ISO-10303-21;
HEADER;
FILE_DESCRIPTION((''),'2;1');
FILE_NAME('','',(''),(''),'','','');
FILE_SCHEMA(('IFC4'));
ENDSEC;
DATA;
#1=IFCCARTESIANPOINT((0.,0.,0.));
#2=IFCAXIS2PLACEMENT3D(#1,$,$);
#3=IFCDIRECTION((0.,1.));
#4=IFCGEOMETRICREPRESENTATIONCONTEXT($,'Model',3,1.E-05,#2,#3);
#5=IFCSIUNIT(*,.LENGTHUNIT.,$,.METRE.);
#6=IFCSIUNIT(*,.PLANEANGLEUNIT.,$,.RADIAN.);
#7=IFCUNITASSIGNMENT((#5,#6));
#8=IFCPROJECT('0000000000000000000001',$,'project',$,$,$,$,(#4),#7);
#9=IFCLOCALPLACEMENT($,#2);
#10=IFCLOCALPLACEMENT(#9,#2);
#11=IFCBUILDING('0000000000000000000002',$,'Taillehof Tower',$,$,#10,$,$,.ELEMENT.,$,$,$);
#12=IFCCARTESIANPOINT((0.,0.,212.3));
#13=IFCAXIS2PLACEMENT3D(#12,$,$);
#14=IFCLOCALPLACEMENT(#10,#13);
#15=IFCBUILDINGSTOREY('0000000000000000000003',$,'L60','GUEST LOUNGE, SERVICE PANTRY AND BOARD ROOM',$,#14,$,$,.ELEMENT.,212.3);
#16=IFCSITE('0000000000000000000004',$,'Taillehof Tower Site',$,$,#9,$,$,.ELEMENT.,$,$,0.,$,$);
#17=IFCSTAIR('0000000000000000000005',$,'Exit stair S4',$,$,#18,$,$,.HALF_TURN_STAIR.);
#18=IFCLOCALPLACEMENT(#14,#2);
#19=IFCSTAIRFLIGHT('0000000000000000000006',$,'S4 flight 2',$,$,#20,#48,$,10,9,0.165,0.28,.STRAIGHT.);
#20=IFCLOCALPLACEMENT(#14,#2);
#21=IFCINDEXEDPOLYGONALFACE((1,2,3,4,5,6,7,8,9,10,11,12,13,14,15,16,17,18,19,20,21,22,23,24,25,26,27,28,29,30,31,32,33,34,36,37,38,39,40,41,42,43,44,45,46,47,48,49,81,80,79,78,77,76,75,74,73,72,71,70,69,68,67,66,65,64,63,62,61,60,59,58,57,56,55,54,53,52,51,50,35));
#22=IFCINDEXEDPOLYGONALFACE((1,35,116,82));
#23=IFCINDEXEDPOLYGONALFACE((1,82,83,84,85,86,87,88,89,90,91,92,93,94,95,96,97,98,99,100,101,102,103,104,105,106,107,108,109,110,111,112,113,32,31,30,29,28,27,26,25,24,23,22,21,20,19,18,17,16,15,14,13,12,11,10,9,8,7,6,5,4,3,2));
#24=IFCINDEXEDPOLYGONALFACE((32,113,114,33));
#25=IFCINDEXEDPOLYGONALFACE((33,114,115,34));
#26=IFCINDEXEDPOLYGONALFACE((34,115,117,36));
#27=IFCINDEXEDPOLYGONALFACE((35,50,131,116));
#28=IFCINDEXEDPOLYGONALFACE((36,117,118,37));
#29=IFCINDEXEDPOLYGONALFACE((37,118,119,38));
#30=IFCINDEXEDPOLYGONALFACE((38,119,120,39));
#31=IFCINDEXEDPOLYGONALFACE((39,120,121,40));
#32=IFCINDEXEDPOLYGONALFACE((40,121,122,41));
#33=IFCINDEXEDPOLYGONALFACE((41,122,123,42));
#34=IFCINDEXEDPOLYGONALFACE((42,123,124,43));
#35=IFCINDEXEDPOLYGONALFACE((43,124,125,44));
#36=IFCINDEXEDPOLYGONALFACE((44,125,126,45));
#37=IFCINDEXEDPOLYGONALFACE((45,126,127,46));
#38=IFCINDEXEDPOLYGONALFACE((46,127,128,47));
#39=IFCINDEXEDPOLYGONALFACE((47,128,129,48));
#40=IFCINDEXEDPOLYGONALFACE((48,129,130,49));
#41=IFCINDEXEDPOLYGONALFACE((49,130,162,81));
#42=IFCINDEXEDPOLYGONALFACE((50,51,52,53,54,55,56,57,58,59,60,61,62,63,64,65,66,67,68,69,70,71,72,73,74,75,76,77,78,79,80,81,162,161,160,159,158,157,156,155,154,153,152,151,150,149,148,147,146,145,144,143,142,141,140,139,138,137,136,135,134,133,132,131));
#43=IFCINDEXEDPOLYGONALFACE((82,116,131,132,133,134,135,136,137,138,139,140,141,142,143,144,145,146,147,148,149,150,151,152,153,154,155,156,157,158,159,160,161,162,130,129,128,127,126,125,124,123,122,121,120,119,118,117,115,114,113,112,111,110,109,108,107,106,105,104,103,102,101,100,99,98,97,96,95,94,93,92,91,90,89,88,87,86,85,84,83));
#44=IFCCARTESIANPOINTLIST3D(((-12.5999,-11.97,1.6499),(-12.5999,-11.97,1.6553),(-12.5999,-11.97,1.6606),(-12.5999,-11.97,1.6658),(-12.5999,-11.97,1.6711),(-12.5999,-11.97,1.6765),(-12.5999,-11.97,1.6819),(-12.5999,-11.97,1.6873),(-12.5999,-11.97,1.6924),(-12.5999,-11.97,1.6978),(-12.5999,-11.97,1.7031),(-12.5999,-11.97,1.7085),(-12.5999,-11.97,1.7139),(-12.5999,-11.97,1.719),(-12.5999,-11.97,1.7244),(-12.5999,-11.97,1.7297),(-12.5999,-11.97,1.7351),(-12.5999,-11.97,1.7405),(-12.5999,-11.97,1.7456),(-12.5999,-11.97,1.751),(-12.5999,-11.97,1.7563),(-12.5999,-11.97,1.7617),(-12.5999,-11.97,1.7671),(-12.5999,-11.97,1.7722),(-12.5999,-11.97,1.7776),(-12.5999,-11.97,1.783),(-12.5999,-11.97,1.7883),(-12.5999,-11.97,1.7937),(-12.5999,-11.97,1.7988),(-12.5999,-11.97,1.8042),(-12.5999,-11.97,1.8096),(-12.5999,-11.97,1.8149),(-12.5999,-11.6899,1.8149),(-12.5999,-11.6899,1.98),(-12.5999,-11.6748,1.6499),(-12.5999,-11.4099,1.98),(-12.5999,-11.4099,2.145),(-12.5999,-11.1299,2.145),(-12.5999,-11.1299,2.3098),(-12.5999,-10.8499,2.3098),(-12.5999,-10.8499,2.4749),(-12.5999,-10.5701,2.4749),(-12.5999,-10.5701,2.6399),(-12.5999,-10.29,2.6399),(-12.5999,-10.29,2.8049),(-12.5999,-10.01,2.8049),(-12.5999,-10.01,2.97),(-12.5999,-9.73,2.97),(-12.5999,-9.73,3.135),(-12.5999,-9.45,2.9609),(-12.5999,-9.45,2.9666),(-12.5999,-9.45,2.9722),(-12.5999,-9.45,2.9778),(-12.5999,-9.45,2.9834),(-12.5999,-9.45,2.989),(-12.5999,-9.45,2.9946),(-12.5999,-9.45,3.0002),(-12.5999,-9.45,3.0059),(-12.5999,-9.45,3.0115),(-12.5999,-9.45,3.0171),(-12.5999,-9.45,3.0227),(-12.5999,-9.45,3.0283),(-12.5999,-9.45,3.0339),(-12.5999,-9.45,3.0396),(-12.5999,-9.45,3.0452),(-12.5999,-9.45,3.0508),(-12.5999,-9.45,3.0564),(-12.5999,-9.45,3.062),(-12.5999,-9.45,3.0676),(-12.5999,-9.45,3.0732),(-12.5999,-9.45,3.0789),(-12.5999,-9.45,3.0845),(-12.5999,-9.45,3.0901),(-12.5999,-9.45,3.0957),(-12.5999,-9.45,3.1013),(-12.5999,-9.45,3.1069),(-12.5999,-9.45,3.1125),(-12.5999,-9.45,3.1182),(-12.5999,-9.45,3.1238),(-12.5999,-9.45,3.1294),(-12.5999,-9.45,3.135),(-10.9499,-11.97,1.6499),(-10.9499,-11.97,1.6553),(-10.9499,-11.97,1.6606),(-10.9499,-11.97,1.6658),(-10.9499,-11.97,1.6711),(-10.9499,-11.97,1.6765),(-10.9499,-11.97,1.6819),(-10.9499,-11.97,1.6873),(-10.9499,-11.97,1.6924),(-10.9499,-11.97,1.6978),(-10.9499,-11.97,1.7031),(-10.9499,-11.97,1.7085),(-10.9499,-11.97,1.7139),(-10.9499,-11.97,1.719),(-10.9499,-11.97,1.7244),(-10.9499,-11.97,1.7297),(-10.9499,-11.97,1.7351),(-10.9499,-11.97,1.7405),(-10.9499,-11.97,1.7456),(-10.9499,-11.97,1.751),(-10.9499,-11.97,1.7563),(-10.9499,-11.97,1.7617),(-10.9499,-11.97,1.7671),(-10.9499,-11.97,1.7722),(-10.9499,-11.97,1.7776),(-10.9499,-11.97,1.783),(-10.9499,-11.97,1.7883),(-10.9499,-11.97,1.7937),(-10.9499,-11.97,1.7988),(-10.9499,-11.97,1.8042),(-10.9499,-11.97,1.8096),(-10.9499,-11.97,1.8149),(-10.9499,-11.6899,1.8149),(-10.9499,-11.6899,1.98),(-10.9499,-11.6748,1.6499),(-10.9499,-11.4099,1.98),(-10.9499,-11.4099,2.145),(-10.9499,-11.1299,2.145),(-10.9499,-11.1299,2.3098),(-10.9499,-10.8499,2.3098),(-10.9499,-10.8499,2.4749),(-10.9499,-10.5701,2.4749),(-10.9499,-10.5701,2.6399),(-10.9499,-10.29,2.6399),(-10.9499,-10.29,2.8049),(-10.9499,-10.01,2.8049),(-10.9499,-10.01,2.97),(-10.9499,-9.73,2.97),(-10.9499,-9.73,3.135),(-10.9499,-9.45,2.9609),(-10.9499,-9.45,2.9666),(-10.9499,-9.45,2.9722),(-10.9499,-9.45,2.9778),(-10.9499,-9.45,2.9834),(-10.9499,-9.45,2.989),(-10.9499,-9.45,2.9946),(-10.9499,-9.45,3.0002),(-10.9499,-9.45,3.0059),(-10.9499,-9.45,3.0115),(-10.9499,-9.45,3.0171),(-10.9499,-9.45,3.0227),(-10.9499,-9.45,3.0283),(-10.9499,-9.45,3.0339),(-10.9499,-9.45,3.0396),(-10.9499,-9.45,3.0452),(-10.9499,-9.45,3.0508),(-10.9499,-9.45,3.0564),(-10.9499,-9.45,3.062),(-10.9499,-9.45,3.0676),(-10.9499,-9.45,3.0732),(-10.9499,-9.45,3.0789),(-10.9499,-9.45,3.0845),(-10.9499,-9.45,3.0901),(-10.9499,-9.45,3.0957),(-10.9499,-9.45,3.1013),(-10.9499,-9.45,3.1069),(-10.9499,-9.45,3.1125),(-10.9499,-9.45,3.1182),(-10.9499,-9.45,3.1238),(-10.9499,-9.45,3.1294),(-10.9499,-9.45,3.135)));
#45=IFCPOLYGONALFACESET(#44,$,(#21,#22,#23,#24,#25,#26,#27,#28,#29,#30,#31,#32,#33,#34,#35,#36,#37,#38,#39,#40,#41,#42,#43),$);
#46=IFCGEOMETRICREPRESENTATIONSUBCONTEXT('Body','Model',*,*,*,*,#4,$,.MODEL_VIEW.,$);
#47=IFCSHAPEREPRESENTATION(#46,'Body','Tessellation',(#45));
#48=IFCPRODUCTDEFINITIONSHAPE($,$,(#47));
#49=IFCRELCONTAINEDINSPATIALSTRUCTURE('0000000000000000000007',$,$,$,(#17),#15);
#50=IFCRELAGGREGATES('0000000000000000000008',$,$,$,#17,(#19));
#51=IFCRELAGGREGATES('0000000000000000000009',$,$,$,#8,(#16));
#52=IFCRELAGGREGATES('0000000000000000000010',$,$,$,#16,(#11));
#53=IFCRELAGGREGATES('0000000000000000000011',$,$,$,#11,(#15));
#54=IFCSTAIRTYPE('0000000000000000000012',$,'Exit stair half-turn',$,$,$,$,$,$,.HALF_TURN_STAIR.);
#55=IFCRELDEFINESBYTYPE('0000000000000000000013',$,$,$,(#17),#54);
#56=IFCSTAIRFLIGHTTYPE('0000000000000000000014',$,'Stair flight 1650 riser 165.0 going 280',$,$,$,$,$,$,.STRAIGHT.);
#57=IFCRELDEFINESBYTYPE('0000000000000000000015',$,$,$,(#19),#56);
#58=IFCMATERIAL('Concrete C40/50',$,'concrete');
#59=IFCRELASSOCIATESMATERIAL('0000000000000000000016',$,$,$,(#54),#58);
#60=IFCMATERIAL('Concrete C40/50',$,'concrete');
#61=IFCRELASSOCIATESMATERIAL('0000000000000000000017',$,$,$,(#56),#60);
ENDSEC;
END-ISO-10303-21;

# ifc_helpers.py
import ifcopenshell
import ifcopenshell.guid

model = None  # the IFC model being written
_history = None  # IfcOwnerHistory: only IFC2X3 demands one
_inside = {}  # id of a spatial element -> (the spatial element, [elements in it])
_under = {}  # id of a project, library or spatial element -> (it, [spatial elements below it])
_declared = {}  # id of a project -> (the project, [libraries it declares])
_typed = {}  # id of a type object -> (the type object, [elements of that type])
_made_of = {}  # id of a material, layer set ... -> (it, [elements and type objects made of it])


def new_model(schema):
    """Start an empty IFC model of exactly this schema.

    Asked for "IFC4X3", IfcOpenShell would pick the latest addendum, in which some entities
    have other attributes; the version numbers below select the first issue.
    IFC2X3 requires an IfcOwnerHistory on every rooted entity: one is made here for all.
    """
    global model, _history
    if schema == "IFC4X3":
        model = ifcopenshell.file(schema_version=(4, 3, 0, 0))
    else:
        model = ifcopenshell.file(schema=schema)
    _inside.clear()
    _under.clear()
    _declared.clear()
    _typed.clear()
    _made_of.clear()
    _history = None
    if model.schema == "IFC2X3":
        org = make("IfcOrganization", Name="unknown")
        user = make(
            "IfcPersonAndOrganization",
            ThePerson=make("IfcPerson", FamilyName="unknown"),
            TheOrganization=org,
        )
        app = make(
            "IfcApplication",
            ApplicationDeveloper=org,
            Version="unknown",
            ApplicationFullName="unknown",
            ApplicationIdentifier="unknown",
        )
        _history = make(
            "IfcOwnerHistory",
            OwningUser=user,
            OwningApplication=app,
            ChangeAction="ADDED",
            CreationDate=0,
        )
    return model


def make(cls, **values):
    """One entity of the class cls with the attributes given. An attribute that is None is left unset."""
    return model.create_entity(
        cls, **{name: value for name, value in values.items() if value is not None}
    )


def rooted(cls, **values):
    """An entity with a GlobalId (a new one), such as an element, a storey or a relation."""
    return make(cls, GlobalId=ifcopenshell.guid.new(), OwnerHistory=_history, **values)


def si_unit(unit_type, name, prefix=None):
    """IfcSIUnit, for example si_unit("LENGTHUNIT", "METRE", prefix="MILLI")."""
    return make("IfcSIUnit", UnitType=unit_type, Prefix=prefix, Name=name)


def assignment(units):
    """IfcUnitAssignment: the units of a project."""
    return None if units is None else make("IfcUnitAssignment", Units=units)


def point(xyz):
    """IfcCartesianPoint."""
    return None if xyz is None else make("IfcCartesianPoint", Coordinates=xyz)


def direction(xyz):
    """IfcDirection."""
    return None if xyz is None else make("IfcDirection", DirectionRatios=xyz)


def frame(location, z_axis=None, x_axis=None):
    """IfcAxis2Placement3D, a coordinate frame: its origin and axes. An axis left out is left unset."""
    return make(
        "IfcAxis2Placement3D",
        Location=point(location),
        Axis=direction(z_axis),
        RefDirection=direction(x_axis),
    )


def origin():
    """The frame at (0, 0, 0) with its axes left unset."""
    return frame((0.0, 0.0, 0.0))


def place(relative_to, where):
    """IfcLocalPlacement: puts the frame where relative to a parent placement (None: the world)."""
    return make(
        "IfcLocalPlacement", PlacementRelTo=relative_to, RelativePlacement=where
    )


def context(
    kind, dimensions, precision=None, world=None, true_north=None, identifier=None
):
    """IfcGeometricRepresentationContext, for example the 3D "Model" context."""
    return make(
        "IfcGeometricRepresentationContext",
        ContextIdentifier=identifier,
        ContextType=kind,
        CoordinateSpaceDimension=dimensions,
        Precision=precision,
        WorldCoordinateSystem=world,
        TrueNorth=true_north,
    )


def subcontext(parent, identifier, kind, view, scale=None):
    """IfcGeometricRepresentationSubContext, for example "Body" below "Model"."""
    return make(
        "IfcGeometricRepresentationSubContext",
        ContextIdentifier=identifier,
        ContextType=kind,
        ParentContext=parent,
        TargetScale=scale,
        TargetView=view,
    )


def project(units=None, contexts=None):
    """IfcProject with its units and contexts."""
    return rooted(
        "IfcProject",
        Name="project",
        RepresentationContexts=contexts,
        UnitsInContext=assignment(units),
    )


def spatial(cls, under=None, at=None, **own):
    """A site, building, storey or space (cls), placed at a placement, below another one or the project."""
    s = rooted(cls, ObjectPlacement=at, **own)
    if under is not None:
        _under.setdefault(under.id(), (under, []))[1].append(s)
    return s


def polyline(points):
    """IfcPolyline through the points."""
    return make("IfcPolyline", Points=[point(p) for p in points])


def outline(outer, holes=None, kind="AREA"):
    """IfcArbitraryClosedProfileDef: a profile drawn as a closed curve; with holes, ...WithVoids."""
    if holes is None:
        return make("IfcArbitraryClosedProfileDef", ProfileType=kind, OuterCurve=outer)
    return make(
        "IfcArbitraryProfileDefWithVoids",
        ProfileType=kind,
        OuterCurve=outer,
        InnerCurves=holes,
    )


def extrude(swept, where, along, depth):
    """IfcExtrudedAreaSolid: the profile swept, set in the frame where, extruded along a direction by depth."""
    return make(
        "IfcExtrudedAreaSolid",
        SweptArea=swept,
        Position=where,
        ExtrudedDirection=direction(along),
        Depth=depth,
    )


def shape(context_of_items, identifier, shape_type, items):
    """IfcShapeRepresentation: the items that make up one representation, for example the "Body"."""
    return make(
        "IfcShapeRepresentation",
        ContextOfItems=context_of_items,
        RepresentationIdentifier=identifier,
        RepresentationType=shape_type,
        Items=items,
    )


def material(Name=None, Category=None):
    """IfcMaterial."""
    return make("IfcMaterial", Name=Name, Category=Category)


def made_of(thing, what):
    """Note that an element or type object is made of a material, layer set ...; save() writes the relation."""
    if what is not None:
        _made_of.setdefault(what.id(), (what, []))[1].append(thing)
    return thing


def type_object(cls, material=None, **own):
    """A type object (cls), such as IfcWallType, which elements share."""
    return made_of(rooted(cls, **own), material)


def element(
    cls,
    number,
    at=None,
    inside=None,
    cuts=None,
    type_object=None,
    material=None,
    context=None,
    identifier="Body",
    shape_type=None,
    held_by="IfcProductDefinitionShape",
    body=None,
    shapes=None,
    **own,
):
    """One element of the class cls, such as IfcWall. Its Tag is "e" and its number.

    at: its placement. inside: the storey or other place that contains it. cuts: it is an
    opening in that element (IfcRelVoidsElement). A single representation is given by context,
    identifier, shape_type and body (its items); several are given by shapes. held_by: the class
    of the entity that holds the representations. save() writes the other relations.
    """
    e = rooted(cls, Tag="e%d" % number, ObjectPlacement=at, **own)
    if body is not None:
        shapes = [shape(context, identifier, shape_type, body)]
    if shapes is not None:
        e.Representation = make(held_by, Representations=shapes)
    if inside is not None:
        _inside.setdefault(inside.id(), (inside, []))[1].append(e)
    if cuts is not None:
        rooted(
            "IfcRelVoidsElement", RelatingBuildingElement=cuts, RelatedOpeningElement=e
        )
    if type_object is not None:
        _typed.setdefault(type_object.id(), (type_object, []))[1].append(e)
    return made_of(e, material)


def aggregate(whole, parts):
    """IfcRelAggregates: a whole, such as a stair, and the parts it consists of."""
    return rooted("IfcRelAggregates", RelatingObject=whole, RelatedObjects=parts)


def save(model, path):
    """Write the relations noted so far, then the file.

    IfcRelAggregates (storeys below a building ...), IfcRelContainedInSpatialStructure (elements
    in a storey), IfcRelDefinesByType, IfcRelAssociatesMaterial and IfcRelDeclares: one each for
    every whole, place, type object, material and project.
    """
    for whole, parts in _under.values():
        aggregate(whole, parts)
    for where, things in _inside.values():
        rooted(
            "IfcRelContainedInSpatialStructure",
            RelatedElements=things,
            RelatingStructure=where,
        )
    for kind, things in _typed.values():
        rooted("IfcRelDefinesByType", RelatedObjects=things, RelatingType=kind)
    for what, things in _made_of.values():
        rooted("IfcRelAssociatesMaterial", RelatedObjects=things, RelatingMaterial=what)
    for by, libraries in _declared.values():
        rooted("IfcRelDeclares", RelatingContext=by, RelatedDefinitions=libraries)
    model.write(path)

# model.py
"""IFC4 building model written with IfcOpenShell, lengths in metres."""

from ifc_helpers import new_model, si_unit, direction, frame, origin, place, context, subcontext, project, spatial, polyline, outline, extrude, material, type_object, element, aggregate, save


model = new_model("IFC4")

# Units and contexts
model_context = context("Model", 3, precision=1e-05, world=origin(), true_north=direction((0.0, 1.0)))
body_context = subcontext(model_context, "Body", "Model", "MODEL_VIEW")
ifc_project = project(units=[si_unit("LENGTHUNIT", "METRE"), si_unit("PLANEANGLEUNIT", "RADIAN")], contexts=[model_context])

# Site, building, storey
site_placement = place(None, origin())
site = spatial("IfcSite", under=ifc_project, at=site_placement, Name="Taillehof Tower Site", CompositionType="ELEMENT", RefElevation=0.0)
building_placement = place(site_placement, origin())
building = spatial("IfcBuilding", under=site, at=building_placement, Name="Taillehof Tower", CompositionType="ELEMENT")
storey_placement = place(building_placement, frame((0.0, 0.0, 212.3)))
storey = spatial("IfcBuildingStorey", under=building, at=storey_placement, Name="L60", Description="GUEST LOUNGE, SERVICE PANTRY AND BOARD ROOM", CompositionType="ELEMENT", Elevation=212.3)

# Stair, stair flight
ifc_material_1 = material(Name="Concrete C40/50", Category="concrete")
stair_type = type_object("IfcStairType", Name="Exit stair half-turn", PredefinedType="HALF_TURN_STAIR", material=ifc_material_1)
stair_placement = place(storey_placement, origin())
stair = element("IfcStair", 1, at=stair_placement, inside=storey, type_object=stair_type, Name="Exit stair S4", PredefinedType="HALF_TURN_STAIR")
ifc_material_2 = material(Name="Concrete C40/50", Category="concrete")
stair_flight_type = type_object("IfcStairFlightType", Name="Stair flight 1650 riser 165.0 going 280", PredefinedType="STRAIGHT", material=ifc_material_2)
stair_flight_placement = place(storey_placement, frame((-11.7749, -11.97, 1.6499), z_axis=(0.0, 0.0, 1.0), x_axis=(0.0, 1.0, 0.0)))
stair_flight = element("IfcStairFlight", 2, at=stair_flight_placement, type_object=stair_flight_type, Name="S4 flight 2", NumberOfRisers=10, NumberOfTreads=9, PredefinedType="STRAIGHT", RiserHeight=0.165, TreadLength=0.28, context=body_context, shape_type="SweptSolid", body=[
    extrude(outline(polyline([(0.0, 0.0), (0.0, 0.0054), (0.0, 0.0107), (0.0, 0.0159), (0.0, 0.0212), (0.0, 0.0266), (0.0, 0.032), (0.0, 0.0374), (0.0, 0.0425), (0.0, 0.0479), (0.0, 0.0532), (0.0, 0.0586), (0.0, 0.064), (0.0, 0.0691), (0.0, 0.0745), (0.0, 0.0798), (0.0, 0.0852), (0.0, 0.0906), (0.0, 0.0957), (0.0, 0.1011), (0.0, 0.1064), (0.0, 0.1118), (0.0, 0.1172), (0.0, 0.1223), (0.0, 0.1277), (0.0, 0.1331), (0.0, 0.1384), (0.0, 0.1438), (0.0, 0.1489), (0.0, 0.1543), (0.0, 0.1597), (0.0, 0.165), (0.28, 0.165), (0.28, 0.3301), (0.5601, 0.3301), (0.5601, 0.4951), (0.8401, 0.4951), (0.8401, 0.6599), (1.1201, 0.6599), (1.1201, 0.825), (1.3999, 0.825), (1.3999, 0.99), (1.6799, 0.99), (1.6799, 1.155), (1.96, 1.155), (1.96, 1.3201), (2.24, 1.3201), (2.24, 1.4851), (2.52, 1.4851), (2.52, 1.4795), (2.52, 1.4739), (2.52, 1.4683), (2.52, 1.4626), (2.52, 1.457), (2.52, 1.4514), (2.52, 1.4458), (2.52, 1.4402), (2.52, 1.4346), (2.52, 1.429), (2.52, 1.4233), (2.52, 1.4177), (2.52, 1.4121), (2.52, 1.4065), (2.52, 1.4009), (2.52, 1.3953), (2.52, 1.3896), (2.52, 1.384), (2.52, 1.3784), (2.52, 1.3728), (2.52, 1.3672), (2.52, 1.3616), (2.52, 1.356), (2.52, 1.3503), (2.52, 1.3447), (2.52, 1.3391), (2.52, 1.3335), (2.52, 1.3279), (2.52, 1.3223), (2.52, 1.3167), (2.52, 1.311), (0.2952, 0.0), (0.0, 0.0)])), frame((0.0, 0.825, 0.0), z_axis=(0.0, -1.0, 0.0), x_axis=(1.0, 0.0, 0.0)), (0.0, 0.0, 1.0), 1.65),
])
aggregate(stair, [stair_flight])

save(model, "model.ifc")
